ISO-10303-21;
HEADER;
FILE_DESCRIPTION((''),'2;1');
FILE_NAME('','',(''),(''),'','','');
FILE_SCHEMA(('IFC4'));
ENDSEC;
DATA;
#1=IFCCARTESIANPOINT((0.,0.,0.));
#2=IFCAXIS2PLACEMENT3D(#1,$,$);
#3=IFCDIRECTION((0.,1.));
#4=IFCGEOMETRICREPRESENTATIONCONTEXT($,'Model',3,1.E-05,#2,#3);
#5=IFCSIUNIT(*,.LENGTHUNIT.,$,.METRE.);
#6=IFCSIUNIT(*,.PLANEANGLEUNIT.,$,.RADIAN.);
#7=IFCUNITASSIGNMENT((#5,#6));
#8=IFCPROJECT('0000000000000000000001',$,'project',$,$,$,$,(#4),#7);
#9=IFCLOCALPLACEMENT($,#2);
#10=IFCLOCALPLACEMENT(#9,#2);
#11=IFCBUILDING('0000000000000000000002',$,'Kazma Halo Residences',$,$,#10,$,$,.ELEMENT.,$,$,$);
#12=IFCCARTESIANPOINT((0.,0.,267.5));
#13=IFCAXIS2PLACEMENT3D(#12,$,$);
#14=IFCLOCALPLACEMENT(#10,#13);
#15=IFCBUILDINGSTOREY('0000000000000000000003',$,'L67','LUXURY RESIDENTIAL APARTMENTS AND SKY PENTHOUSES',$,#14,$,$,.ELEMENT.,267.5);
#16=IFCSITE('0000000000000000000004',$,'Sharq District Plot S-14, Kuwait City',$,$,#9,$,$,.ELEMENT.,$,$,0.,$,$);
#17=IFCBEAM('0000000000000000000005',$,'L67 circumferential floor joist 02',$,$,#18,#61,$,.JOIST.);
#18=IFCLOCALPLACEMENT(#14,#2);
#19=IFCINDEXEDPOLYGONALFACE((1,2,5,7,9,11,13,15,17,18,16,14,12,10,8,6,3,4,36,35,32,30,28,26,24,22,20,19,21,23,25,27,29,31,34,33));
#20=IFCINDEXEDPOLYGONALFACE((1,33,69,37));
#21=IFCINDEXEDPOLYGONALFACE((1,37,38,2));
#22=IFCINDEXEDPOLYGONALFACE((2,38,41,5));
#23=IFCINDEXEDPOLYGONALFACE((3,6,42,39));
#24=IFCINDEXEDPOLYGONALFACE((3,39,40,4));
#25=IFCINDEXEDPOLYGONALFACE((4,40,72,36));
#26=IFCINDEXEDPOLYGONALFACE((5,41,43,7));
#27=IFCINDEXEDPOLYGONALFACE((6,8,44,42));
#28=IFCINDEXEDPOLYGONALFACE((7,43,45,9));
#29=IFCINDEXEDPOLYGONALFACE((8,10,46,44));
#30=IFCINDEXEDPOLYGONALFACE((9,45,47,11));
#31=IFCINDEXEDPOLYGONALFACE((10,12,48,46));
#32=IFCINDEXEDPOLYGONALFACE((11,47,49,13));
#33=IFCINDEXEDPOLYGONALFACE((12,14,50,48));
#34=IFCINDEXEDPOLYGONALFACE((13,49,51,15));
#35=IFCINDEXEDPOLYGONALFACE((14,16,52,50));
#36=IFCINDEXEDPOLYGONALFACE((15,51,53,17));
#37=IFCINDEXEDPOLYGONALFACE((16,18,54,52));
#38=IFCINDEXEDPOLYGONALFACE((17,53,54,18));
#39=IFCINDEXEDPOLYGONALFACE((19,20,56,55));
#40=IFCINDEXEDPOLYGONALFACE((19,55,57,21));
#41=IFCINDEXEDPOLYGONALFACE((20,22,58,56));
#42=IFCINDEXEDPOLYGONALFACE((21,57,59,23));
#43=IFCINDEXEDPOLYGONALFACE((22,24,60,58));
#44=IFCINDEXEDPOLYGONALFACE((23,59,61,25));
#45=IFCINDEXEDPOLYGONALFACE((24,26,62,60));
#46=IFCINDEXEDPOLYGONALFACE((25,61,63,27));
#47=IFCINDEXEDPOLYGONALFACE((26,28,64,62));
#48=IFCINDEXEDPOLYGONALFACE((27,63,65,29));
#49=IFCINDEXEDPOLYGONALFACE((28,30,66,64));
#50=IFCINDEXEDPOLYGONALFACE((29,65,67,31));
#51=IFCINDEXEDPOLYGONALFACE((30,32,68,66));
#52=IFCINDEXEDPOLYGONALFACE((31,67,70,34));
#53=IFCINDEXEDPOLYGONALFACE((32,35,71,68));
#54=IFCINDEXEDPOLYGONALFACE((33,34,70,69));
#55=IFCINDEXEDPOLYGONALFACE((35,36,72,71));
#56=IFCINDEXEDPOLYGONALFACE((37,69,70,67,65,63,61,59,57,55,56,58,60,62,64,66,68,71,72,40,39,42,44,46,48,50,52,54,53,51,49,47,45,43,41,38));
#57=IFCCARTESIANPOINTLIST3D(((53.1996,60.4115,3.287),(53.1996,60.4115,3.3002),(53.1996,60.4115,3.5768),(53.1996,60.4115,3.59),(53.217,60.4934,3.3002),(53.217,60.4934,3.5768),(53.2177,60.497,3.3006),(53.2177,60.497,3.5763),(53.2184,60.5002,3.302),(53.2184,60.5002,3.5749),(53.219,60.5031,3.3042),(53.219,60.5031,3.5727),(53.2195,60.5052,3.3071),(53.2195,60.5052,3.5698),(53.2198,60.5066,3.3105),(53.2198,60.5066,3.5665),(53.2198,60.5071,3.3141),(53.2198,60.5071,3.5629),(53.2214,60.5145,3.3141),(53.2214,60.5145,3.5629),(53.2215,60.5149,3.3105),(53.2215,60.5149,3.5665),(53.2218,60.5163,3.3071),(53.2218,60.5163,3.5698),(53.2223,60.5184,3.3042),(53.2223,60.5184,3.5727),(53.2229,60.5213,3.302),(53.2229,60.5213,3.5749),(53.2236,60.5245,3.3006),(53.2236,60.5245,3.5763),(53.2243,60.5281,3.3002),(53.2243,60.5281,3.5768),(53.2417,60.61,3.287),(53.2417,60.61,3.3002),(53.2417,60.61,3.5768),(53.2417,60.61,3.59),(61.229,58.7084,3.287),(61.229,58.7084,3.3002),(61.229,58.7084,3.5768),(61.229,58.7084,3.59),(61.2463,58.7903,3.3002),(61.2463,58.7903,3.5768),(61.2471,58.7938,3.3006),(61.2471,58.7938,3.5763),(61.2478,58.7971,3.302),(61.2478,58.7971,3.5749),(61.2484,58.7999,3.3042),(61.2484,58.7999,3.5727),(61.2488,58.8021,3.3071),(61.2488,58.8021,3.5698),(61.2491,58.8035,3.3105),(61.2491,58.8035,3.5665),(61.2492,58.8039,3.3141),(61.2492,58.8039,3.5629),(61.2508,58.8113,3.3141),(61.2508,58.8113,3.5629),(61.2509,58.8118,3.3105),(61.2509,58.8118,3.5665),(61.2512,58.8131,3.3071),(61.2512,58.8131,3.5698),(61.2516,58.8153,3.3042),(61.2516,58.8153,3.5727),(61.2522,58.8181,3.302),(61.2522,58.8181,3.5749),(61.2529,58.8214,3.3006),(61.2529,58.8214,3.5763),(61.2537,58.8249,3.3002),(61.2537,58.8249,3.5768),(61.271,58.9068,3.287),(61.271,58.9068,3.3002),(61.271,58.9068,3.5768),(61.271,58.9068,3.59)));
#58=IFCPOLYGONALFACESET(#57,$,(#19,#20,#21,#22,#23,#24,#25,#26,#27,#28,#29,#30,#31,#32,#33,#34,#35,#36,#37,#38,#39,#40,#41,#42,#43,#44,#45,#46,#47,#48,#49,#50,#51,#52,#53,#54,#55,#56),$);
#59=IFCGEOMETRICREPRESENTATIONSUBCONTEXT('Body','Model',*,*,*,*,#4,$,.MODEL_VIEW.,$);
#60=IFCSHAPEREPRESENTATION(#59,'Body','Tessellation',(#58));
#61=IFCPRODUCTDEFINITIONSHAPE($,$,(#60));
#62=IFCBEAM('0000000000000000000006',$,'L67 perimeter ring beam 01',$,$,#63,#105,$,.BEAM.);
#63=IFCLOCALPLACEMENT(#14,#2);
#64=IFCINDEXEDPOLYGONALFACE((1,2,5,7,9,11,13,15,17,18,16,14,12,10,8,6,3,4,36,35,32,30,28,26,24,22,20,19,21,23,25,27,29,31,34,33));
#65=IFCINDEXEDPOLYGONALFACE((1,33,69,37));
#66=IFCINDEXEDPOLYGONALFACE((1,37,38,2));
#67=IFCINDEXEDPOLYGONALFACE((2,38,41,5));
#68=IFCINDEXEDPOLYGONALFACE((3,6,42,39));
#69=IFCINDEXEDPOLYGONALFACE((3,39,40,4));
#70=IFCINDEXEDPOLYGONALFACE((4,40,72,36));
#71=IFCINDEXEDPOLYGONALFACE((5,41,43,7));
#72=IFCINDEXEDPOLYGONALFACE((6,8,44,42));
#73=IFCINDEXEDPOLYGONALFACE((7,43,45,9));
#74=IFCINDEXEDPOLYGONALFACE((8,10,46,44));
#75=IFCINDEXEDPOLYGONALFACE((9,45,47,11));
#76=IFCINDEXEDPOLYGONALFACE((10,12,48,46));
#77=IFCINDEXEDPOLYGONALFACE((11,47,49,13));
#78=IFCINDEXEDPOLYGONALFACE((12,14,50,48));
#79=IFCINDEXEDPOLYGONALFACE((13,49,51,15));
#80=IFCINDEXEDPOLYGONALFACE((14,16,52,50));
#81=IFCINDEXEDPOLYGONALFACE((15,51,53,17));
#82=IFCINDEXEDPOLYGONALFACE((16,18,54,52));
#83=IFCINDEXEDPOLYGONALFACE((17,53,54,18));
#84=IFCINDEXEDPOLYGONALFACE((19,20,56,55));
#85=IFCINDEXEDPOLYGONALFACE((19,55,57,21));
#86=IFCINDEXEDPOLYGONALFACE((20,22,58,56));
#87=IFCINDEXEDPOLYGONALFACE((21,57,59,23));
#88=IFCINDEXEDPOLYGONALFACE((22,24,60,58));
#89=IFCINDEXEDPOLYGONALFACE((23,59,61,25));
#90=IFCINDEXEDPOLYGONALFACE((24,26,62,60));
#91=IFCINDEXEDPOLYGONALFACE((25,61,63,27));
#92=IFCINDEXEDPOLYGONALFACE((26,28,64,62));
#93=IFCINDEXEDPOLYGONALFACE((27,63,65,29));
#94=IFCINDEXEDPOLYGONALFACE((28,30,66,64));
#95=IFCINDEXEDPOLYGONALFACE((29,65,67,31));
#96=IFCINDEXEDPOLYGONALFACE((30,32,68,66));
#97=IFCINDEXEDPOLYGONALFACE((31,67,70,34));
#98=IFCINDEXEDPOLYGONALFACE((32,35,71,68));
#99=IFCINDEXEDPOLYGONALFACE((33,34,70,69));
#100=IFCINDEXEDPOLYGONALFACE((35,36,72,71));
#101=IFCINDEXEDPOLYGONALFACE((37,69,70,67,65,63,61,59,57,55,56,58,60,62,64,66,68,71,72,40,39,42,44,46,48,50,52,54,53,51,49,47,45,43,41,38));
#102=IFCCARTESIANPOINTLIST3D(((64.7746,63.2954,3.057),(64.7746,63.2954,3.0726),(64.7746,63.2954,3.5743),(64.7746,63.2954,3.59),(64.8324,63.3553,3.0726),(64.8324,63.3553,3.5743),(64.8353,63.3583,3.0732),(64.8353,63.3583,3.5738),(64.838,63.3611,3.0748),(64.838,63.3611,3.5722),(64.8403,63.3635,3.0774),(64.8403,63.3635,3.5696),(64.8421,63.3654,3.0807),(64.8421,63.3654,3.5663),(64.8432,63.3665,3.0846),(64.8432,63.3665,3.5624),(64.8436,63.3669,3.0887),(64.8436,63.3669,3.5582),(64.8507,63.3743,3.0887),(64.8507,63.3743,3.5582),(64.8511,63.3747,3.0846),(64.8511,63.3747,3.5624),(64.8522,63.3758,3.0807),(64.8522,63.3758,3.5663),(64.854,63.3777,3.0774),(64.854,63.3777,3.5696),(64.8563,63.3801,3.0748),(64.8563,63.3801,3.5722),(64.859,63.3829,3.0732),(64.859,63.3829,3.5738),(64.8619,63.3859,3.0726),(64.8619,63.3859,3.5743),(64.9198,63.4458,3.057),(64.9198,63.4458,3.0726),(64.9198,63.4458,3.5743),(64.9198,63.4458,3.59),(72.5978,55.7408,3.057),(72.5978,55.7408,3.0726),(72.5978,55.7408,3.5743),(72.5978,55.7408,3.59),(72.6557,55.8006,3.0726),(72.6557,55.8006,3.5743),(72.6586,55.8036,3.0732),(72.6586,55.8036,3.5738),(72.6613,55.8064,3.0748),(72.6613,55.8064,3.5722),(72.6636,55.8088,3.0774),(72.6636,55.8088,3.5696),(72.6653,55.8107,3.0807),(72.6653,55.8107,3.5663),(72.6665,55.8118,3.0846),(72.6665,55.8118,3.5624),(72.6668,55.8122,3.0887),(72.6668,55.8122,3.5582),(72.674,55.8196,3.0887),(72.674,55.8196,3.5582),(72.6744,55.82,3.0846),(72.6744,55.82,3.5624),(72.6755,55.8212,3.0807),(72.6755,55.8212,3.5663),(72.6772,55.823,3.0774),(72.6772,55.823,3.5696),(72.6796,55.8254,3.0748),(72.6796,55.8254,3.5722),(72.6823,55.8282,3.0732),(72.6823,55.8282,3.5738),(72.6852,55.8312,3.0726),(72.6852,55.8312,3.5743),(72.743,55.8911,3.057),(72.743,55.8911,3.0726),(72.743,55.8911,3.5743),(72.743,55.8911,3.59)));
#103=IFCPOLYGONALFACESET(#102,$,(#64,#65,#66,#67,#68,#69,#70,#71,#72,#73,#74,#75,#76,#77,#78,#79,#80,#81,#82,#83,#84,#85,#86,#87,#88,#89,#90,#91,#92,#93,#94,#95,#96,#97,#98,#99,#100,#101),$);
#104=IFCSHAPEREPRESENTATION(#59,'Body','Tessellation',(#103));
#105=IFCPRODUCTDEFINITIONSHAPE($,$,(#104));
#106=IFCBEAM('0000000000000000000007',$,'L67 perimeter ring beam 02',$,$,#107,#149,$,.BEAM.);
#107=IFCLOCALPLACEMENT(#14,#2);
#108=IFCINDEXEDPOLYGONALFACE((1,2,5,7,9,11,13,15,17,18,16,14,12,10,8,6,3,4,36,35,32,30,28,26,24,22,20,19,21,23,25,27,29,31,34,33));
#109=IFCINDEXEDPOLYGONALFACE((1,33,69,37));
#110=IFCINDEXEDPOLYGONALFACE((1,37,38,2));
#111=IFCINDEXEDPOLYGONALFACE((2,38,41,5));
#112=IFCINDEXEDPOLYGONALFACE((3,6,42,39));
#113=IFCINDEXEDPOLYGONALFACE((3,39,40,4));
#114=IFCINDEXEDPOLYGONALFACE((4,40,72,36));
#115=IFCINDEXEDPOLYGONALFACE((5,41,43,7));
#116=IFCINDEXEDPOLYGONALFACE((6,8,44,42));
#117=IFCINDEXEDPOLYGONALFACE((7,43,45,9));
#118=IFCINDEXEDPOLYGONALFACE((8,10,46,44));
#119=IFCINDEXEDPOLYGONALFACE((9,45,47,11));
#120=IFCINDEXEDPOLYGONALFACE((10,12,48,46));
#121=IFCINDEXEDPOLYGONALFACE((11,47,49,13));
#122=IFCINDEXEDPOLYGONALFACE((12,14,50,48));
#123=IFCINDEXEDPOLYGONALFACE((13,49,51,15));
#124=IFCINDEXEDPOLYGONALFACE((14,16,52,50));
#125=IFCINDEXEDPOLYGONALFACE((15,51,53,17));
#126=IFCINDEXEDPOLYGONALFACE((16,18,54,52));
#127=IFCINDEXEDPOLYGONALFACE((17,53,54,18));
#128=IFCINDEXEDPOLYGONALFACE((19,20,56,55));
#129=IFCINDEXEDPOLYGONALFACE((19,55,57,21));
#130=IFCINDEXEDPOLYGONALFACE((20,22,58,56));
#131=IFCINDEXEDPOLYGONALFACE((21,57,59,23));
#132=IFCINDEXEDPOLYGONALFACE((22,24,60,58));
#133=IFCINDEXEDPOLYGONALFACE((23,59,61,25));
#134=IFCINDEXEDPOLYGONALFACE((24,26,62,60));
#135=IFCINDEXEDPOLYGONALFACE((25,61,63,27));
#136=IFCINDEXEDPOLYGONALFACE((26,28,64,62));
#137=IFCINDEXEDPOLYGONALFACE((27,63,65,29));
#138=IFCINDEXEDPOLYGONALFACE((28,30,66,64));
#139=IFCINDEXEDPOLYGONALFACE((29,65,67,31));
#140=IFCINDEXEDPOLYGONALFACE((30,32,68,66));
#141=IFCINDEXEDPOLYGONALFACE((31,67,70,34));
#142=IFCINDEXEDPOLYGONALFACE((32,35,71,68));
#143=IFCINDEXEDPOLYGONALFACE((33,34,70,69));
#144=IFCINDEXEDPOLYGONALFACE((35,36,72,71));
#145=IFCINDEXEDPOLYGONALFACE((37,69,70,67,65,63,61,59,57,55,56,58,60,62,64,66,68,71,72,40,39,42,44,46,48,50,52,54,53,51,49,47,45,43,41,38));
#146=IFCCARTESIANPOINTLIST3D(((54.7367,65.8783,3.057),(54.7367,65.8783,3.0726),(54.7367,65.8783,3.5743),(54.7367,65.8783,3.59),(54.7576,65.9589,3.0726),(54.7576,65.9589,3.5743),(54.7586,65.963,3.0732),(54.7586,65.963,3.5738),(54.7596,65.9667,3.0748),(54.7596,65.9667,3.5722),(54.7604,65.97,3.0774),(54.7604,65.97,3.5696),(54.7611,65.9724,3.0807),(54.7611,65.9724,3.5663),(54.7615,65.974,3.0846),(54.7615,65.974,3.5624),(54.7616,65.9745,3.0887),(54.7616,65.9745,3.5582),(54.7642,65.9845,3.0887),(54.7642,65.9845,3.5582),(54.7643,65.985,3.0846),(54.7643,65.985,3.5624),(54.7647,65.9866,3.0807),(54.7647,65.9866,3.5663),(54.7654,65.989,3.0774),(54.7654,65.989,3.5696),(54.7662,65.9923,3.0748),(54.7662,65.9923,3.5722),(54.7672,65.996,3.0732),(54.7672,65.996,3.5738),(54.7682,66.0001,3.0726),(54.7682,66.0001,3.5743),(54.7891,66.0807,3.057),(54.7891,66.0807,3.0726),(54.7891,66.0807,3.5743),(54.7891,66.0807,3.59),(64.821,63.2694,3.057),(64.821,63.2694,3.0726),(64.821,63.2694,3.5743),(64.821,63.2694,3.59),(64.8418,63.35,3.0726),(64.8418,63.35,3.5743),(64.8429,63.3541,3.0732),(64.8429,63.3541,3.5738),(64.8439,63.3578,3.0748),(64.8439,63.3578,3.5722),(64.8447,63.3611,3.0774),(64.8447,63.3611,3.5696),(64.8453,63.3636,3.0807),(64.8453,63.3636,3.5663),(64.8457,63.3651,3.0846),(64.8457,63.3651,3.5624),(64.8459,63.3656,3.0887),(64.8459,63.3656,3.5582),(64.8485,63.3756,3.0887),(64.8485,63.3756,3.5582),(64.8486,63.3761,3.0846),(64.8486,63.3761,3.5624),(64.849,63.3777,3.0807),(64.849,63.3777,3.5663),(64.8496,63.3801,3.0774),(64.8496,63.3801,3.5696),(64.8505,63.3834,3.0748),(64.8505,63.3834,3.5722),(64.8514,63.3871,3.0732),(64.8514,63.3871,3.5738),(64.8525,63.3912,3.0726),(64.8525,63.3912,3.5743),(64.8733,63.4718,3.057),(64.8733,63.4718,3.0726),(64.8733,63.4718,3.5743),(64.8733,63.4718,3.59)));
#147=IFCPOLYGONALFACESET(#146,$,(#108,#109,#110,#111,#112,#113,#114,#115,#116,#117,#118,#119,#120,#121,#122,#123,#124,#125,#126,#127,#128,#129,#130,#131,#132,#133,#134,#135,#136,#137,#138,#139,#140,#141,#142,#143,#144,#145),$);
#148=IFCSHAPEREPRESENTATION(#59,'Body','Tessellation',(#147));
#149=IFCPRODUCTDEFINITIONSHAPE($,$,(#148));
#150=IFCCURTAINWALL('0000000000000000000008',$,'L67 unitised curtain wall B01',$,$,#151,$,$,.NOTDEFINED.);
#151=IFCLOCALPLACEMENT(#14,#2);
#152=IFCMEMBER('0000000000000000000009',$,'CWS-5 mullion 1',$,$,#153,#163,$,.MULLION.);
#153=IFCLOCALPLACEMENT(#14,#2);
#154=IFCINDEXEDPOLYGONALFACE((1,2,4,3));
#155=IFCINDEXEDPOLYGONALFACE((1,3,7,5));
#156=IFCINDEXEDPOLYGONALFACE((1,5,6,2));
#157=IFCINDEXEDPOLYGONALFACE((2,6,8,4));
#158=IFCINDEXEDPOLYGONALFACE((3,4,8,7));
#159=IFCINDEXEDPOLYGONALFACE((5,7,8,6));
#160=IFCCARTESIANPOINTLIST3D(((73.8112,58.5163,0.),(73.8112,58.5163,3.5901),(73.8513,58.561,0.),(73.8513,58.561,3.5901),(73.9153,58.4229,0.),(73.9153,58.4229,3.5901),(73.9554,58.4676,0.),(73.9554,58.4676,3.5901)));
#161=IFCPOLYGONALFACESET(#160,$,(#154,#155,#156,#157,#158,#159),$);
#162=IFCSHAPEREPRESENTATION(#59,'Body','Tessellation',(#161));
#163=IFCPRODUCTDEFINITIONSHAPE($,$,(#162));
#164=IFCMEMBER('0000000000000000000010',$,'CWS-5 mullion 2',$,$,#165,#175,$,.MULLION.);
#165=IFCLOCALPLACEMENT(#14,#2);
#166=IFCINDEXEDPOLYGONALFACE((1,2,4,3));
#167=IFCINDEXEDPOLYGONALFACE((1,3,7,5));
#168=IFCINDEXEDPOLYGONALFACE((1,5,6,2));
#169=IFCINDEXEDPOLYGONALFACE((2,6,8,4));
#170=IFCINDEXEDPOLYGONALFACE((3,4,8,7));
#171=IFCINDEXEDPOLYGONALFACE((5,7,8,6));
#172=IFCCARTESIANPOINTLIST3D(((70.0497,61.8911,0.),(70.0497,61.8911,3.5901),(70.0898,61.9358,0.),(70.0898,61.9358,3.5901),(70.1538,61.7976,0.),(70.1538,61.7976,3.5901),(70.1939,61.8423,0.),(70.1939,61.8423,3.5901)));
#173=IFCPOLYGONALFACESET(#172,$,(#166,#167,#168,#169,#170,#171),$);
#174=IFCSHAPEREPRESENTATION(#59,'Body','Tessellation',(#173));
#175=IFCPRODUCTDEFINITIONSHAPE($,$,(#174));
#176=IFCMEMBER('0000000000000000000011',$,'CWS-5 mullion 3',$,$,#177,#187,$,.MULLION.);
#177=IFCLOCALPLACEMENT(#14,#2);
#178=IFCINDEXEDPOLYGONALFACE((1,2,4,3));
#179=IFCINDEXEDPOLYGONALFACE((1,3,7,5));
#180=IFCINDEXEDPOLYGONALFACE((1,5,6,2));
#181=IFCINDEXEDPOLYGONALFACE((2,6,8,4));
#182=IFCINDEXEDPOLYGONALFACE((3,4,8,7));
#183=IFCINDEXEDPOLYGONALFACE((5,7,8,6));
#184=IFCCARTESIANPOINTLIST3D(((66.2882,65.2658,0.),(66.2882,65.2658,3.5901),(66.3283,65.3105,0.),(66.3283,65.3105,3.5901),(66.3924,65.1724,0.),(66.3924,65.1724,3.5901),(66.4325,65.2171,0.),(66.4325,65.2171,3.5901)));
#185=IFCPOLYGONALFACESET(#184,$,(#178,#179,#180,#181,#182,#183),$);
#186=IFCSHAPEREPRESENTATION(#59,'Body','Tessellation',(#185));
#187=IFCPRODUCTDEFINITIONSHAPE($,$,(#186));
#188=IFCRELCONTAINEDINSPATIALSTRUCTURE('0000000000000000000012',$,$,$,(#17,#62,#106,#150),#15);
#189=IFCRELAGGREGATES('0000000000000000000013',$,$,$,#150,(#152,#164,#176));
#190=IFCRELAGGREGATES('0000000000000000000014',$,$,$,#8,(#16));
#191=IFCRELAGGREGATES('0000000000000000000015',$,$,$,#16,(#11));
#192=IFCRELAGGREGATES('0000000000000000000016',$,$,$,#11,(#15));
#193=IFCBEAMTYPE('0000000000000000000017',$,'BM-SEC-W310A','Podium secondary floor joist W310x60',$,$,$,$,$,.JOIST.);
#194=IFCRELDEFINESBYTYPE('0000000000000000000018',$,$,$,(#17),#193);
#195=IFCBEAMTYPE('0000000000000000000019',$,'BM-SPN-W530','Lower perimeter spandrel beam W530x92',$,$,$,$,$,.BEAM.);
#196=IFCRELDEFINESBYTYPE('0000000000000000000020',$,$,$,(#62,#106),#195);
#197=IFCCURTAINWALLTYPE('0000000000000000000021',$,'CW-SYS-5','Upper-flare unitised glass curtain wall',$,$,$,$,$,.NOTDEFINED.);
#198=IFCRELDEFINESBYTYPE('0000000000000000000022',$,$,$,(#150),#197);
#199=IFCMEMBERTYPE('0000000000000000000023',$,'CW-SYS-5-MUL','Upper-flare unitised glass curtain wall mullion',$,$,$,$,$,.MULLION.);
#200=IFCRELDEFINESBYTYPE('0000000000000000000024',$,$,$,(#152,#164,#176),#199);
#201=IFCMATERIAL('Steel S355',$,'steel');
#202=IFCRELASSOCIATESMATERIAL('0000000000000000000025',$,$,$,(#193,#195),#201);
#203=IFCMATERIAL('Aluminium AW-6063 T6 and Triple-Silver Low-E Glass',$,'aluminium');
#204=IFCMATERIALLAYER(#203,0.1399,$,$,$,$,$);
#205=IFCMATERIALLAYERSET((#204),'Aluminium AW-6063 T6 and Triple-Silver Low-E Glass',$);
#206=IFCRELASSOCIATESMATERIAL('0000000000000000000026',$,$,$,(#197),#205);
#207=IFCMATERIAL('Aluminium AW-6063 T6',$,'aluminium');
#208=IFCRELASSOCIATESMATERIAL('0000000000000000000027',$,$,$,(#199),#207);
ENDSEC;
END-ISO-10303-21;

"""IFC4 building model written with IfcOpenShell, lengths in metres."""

from ifc_helpers import new_model, si_unit, direction, frame, origin, origin_2d, place, context, subcontext, project, spatial, rectangle, i_section, extrude, material, layer, layer_set, material_profile, profile_set, type_object, element, aggregate, save


model = new_model("IFC4")

# Units and contexts
model_context = context("Model", 3, precision=1e-05, world=origin(), true_north=direction((0.0, 1.0)))
body_context = subcontext(model_context, "Body", "Model", "MODEL_VIEW")
ifc_project = project(units=[si_unit("LENGTHUNIT", "METRE"), si_unit("PLANEANGLEUNIT", "RADIAN")], contexts=[model_context])

# Site, building, storey
site_placement = place(None, origin())
site = spatial("IfcSite", under=ifc_project, at=site_placement, Name="Sharq District Plot S-14, Kuwait City", CompositionType="ELEMENT", RefElevation=0.0)
building_placement = place(site_placement, origin())
building = spatial("IfcBuilding", under=site, at=building_placement, Name="Kazma Halo Residences", CompositionType="ELEMENT")
storey_placement = place(building_placement, frame((0.0, 0.0, 267.5)))
storey = spatial("IfcBuildingStorey", under=building, at=storey_placement, Name="L67", Description="LUXURY RESIDENTIAL APARTMENTS AND SKY PENTHOUSES", CompositionType="ELEMENT", Elevation=267.5)

# Beams
ifc_material_1 = material(Name="Steel S355", Category="steel")
ifc_material_profile_1 = material_profile(ifc_material_1, i_section(OverallWidth=0.2029, OverallDepth=0.303, WebThickness=0.0076, FlangeThickness=0.0132, FilletRadius=0.0139, at=origin_2d()), Name="W310x60")
ifc_profile_set_1 = profile_set([ifc_material_profile_1], Name="Steel S355")
beam_type_1 = type_object("IfcBeamType", Name="BM-SEC-W310A", Description="Podium secondary floor joist W310x60", PredefinedType="JOIST", material=ifc_profile_set_1)
beam_1_placement = place(storey_placement, frame((61.25, 58.8076, 3.4385), z_axis=(-0.978236, 0.207497, 0.0), x_axis=(-0.207497, -0.978236, 0.0)))
element("IfcBeam", 1, at=beam_1_placement, inside=storey, type_object=beam_type_1, Name="L67 circumferential floor joist 02", PredefinedType="JOIST", context=body_context, shape_type="SweptSolid", body=[
    extrude(i_section(OverallWidth=0.2029, OverallDepth=0.303, WebThickness=0.0076, FlangeThickness=0.0132, FilletRadius=0.0139, at=origin_2d()), origin(), (0.0, 0.0, 1.0), 8.208),
])
ifc_material_profile_2 = material_profile(ifc_material_1, i_section(OverallWidth=0.209, OverallDepth=0.533, WebThickness=0.0103, FlangeThickness=0.0156, FilletRadius=0.0161, at=origin_2d()), Name="W530x92")
ifc_profile_set_2 = profile_set([ifc_material_profile_2], Name="Steel S355")
beam_type_2 = type_object("IfcBeamType", Name="BM-SPN-W530", Description="Lower perimeter spandrel beam W530x92", PredefinedType="BEAM", material=ifc_profile_set_2)
beam_2_placement = place(storey_placement, frame((72.6704, 55.8159, 3.3235), z_axis=(-0.719346, 0.694652, 0.0), x_axis=(-0.694652, -0.719346, 0.0)))
element("IfcBeam", 2, at=beam_2_placement, inside=storey, type_object=beam_type_2, Name="L67 perimeter ring beam 01", PredefinedType="BEAM", context=body_context, shape_type="SweptSolid", body=[
    extrude(i_section(OverallWidth=0.209, OverallDepth=0.533, WebThickness=0.0103, FlangeThickness=0.0156, FilletRadius=0.0161, at=origin_2d()), origin(), (0.0, 0.0, 1.0), 10.8755),
])
beam_3_placement = place(storey_placement, frame((64.8472, 63.3706, 3.3235), z_axis=(-0.968126, 0.250464, 0.0), x_axis=(-0.250464, -0.968126, 0.0)))
element("IfcBeam", 3, at=beam_3_placement, inside=storey, type_object=beam_type_2, Name="L67 perimeter ring beam 02", PredefinedType="BEAM", context=body_context, shape_type="SweptSolid", body=[
    extrude(i_section(OverallWidth=0.209, OverallDepth=0.533, WebThickness=0.0103, FlangeThickness=0.0156, FilletRadius=0.0161, at=origin_2d()), origin(), (0.0, 0.0, 1.0), 10.4163),
])

# Curtain wall, members
ifc_material_2 = material(Name="Aluminium AW-6063 T6 and Triple-Silver Low-E Glass", Category="aluminium")
ifc_layer_1 = layer(ifc_material_2, 0.1399)
ifc_layer_set_1 = layer_set([ifc_layer_1], Name="Aluminium AW-6063 T6 and Triple-Silver Low-E Glass")
curtain_wall_type = type_object("IfcCurtainWallType", Name="CW-SYS-5", Description="Upper-flare unitised glass curtain wall", PredefinedType="NOTDEFINED", material=ifc_layer_set_1)
curtain_wall_1_placement = place(storey_placement, origin())
curtain_wall_1 = element("IfcCurtainWall", 4, at=curtain_wall_1_placement, inside=storey, type_object=curtain_wall_type, Name="L67 unitised curtain wall B01", PredefinedType="NOTDEFINED")
ifc_material_3 = material(Name="Aluminium AW-6063 T6", Category="aluminium")
ifc_material_profile_3 = material_profile(ifc_material_3, rectangle(XDim=0.0601, YDim=0.1399, at=origin_2d()), Name="CWM-60x140")
ifc_profile_set_3 = profile_set([ifc_material_profile_3], Name="Aluminium AW-6063 T6")
member_type_1 = type_object("IfcMemberType", Name="CW-SYS-5-MUL", Description="Upper-flare unitised glass curtain wall mullion", PredefinedType="MULLION", material=ifc_profile_set_3)
member_1_placement = place(storey_placement, frame((73.8833, 58.4919, 0.0), z_axis=(0.0, 0.0, 1.0), x_axis=(-0.667805, -0.744336, 0.0)))
member_1 = element("IfcMember", 5, at=member_1_placement, type_object=member_type_1, Name="CWS-5 mullion 1", PredefinedType="MULLION", context=body_context, shape_type="SweptSolid", body=[
    extrude(rectangle(XDim=0.0601, YDim=0.1399, at=origin_2d()), origin(), (0.0, 0.0, 1.0), 3.5901),
])
member_2_placement = place(storey_placement, frame((70.1218, 61.8667, 0.0), z_axis=(0.0, 0.0, 1.0), x_axis=(-0.667805, -0.744336, 0.0)))
member_2 = element("IfcMember", 6, at=member_2_placement, type_object=member_type_1, Name="CWS-5 mullion 2", PredefinedType="MULLION", context=body_context, shape_type="SweptSolid", body=[
    extrude(rectangle(XDim=0.0601, YDim=0.1399, at=origin_2d()), origin(), (0.0, 0.0, 1.0), 3.5901),
])
member_3_placement = place(storey_placement, frame((66.3604, 65.2415, 0.0), z_axis=(0.0, 0.0, 1.0), x_axis=(-0.667805, -0.744336, 0.0)))
member_3 = element("IfcMember", 7, at=member_3_placement, type_object=member_type_1, Name="CWS-5 mullion 3", PredefinedType="MULLION", context=body_context, shape_type="SweptSolid", body=[
    extrude(rectangle(XDim=0.0601, YDim=0.1399, at=origin_2d()), origin(), (0.0, 0.0, 1.0), 3.5901),
])

aggregate(curtain_wall_1, [member_1, member_2, member_3])

save(model, "model.ifc")
